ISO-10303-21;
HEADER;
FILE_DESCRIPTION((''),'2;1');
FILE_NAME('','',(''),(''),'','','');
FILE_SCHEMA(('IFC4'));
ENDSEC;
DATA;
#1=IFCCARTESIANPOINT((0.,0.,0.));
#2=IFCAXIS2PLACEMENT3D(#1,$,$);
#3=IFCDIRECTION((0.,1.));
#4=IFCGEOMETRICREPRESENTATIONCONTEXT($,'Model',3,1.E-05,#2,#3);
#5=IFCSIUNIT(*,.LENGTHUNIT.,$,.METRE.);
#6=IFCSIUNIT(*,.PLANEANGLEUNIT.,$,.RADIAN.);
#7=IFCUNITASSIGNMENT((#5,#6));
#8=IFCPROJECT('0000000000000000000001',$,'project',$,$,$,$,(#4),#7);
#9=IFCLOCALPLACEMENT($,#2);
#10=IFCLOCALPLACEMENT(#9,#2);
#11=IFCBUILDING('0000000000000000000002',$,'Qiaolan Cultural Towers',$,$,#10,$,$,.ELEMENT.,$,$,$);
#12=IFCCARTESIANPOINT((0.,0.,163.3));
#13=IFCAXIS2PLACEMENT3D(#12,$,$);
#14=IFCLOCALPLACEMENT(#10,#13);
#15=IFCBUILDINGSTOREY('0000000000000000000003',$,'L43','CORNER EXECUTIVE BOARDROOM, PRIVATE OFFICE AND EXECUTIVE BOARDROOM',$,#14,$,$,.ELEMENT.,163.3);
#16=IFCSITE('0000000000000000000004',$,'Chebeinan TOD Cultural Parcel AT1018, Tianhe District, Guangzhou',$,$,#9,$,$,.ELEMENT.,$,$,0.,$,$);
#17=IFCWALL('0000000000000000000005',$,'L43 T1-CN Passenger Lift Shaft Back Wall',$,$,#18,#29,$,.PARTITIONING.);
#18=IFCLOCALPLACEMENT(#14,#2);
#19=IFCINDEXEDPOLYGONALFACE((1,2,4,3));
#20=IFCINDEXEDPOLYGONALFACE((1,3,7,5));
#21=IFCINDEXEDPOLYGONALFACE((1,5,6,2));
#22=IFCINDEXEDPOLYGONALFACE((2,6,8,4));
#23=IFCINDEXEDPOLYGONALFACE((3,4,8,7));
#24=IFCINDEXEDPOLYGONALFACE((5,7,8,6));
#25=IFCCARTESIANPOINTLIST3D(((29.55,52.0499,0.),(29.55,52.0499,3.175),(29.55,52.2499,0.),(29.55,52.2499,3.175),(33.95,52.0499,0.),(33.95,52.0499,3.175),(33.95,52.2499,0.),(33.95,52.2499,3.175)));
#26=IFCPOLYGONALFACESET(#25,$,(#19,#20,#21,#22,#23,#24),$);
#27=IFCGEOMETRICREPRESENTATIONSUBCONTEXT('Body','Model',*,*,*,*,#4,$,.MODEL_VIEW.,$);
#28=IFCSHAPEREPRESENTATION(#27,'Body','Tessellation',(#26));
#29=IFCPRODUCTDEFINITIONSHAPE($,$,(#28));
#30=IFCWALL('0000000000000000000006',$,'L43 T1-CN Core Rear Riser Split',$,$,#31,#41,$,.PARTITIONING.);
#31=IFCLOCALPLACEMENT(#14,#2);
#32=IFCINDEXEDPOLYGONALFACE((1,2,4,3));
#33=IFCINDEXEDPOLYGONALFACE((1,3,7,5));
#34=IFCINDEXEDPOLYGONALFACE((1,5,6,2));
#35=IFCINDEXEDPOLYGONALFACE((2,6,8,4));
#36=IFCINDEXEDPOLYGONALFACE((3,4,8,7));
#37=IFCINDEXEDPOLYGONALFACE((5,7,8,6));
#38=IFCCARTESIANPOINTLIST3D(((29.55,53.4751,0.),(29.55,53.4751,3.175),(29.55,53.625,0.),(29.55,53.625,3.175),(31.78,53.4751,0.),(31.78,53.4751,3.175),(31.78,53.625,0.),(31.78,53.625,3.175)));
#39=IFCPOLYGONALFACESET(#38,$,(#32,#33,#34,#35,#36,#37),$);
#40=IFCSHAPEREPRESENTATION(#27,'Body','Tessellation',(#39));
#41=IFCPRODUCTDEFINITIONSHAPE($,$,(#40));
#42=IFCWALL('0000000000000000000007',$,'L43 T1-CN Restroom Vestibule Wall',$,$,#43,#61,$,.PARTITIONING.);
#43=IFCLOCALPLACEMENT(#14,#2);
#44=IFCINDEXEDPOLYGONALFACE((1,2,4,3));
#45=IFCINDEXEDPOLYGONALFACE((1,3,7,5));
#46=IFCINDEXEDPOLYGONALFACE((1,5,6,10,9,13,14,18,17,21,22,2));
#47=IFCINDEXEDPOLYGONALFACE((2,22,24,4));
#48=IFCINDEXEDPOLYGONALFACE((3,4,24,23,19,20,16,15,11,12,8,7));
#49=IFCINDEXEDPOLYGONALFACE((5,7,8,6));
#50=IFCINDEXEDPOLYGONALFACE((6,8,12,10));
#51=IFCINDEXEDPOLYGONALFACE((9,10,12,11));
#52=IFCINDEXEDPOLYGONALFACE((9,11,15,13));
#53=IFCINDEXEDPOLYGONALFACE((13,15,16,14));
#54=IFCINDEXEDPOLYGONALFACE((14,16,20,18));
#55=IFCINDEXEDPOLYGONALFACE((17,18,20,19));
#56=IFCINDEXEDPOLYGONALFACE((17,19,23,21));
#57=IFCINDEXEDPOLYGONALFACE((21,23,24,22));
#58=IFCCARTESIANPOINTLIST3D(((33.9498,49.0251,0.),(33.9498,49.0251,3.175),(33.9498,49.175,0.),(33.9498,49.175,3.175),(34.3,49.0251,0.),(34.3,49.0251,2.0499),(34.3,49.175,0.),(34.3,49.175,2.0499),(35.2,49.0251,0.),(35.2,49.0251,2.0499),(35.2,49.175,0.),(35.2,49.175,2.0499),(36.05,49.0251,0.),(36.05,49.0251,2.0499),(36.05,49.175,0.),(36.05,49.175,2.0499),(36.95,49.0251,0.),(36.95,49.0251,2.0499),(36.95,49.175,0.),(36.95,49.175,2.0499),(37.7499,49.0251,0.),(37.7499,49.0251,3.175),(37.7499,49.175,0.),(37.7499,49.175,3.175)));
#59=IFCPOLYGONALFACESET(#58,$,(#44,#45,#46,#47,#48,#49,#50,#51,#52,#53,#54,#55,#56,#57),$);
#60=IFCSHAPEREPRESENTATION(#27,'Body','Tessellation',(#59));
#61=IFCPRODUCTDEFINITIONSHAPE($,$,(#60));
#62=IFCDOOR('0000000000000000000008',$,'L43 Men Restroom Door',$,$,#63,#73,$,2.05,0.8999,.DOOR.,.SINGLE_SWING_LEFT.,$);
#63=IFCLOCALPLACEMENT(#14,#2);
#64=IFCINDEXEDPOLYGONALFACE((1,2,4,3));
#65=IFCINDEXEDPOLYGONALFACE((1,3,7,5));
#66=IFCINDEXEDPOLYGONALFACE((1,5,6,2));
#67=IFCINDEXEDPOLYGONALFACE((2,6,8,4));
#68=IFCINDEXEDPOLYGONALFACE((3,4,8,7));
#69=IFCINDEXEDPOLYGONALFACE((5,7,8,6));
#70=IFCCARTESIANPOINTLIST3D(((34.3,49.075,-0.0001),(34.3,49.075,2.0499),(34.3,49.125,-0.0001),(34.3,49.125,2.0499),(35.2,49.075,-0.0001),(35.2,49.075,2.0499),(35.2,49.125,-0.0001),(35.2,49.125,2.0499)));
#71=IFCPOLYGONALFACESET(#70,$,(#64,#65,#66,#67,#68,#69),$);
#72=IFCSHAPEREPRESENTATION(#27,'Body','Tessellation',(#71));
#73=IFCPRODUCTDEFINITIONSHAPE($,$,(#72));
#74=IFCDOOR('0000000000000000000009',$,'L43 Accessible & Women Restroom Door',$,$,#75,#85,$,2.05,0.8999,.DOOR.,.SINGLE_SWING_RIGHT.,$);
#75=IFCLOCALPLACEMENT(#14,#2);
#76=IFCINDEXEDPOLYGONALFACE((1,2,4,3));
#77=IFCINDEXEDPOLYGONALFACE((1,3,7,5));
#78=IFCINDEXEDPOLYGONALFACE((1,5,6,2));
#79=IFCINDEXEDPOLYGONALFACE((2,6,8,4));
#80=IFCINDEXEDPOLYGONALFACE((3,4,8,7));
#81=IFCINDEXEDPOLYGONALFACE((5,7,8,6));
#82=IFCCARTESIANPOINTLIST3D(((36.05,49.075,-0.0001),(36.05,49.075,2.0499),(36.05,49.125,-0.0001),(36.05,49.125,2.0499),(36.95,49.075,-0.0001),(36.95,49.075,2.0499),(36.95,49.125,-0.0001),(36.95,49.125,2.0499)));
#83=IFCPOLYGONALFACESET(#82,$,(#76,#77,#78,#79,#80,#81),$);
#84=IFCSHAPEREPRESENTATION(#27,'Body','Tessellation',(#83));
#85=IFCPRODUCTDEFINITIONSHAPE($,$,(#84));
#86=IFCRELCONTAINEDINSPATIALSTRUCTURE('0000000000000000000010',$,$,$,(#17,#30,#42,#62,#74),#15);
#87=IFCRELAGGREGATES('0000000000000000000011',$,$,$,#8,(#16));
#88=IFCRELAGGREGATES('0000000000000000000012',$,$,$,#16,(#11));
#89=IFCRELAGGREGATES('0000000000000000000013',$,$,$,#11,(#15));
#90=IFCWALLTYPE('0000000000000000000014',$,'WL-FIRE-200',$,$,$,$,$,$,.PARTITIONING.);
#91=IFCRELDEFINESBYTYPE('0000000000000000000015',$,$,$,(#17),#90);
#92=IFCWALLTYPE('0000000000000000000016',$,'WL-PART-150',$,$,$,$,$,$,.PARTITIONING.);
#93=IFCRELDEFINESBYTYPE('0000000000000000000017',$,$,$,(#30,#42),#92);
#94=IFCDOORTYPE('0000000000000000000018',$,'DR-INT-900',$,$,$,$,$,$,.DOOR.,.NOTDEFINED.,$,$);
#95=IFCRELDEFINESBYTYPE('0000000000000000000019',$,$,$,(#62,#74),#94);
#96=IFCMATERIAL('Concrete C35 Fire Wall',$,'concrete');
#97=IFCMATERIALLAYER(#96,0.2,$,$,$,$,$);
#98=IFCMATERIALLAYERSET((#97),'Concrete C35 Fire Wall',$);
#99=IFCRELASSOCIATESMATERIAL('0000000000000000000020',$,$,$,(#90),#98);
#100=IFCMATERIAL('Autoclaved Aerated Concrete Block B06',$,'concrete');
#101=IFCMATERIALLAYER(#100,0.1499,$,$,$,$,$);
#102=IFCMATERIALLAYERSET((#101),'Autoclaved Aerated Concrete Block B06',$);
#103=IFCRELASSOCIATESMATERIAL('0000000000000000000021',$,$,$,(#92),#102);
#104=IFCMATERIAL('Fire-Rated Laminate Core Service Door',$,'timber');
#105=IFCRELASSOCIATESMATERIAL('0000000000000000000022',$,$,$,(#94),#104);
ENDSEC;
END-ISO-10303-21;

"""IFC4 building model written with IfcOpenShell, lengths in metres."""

from ifc_helpers import new_model, si_unit, direction, frame, frame_2d, origin, place, context, subcontext, project, spatial, rectangle, extrude, material, layer, layer_set, type_object, element, fill, save


model = new_model("IFC4")

# Units and contexts
model_context = context("Model", 3, precision=1e-05, world=origin(), true_north=direction((0.0, 1.0)))
body_context = subcontext(model_context, "Body", "Model", "MODEL_VIEW")
ifc_project = project(units=[si_unit("LENGTHUNIT", "METRE"), si_unit("PLANEANGLEUNIT", "RADIAN")], contexts=[model_context])

# Site, building, storey
site_placement = place(None, origin())
site = spatial("IfcSite", under=ifc_project, at=site_placement, Name="Chebeinan TOD Cultural Parcel AT1018, Tianhe District, Guangzhou", CompositionType="ELEMENT", RefElevation=0.0)
building_placement = place(site_placement, origin())
building = spatial("IfcBuilding", under=site, at=building_placement, Name="Qiaolan Cultural Towers", CompositionType="ELEMENT")
storey_placement = place(building_placement, frame((0.0, 0.0, 163.3)))
storey = spatial("IfcBuildingStorey", under=building, at=storey_placement, Name="L43", Description="CORNER EXECUTIVE BOARDROOM, PRIVATE OFFICE AND EXECUTIVE BOARDROOM", CompositionType="ELEMENT", Elevation=163.3)

# Shared definitions
ifc_material_1 = material(Name="Concrete C35 Fire Wall", Category="concrete")
ifc_layer_1 = layer(ifc_material_1, 0.2)
ifc_layer_set_1 = layer_set([ifc_layer_1], Name="Concrete C35 Fire Wall")
wall_type_1 = type_object("IfcWallType", Name="WL-FIRE-200", PredefinedType="PARTITIONING", material=ifc_layer_set_1)

# Walls
wall_1_placement = place(storey_placement, frame((29.55, 52.1499, 0.0), z_axis=(0.0, 0.0, 1.0), x_axis=(1.0, 0.0, 0.0)))
element("IfcWall", 1, at=wall_1_placement, inside=storey, type_object=wall_type_1, Name="L43 T1-CN Passenger Lift Shaft Back Wall", PredefinedType="PARTITIONING", context=body_context, shape_type="SweptSolid", body=[
    extrude(rectangle(XDim=4.3999, YDim=0.2, at=frame_2d((2.2, 0.0))), origin(), (0.0, 0.0, 1.0), 3.175),
])
ifc_material_2 = material(Name="Autoclaved Aerated Concrete Block B06", Category="concrete")
ifc_layer_2 = layer(ifc_material_2, 0.1499)
ifc_layer_set_2 = layer_set([ifc_layer_2], Name="Autoclaved Aerated Concrete Block B06")
wall_type_2 = type_object("IfcWallType", Name="WL-PART-150", PredefinedType="PARTITIONING", material=ifc_layer_set_2)
wall_2_placement = place(storey_placement, frame((29.55, 53.55, 0.0), z_axis=(0.0, 0.0, 1.0), x_axis=(1.0, 0.0, 0.0)))
element("IfcWall", 2, at=wall_2_placement, inside=storey, type_object=wall_type_2, Name="L43 T1-CN Core Rear Riser Split", PredefinedType="PARTITIONING", context=body_context, shape_type="SweptSolid", body=[
    extrude(rectangle(XDim=2.23, YDim=0.1499, at=frame_2d((1.115, 0.0))), origin(), (0.0, 0.0, 1.0), 3.175),
])

# Wall, openings, doors
wall_3_placement = place(storey_placement, frame((33.95, 49.1001, 0.0), z_axis=(0.0, 0.0, 1.0), x_axis=(1.0, 0.0, 0.0)))
wall_3 = element("IfcWall", 3, at=wall_3_placement, inside=storey, type_object=wall_type_2, Name="L43 T1-CN Restroom Vestibule Wall", PredefinedType="PARTITIONING", context=body_context, shape_type="SweptSolid", body=[
    extrude(rectangle(XDim=3.8, YDim=0.1499, at=frame_2d((1.8999, 0.0))), origin(), (0.0, 0.0, 1.0), 3.175),
])
opening_1_placement = place(wall_3_placement, frame((0.3501, 0.0, 0.0)))
opening_1 = element("IfcOpeningElement", 4, at=opening_1_placement, cuts=wall_3, PredefinedType="OPENING", context=body_context, shape_type="SweptSolid", body=[
    extrude(rectangle(XDim=0.8999, YDim=2.05, at=frame_2d((0.45, 1.0249))), frame((0.0, 0.085, 0.0), z_axis=(0.0, -1.0, 0.0), x_axis=(1.0, 0.0, 0.0)), (0.0, 0.0, 1.0), 0.1699),
])
opening_2_placement = place(wall_3_placement, frame((2.1001, 0.0, 0.0)))
opening_2 = element("IfcOpeningElement", 5, at=opening_2_placement, cuts=wall_3, PredefinedType="OPENING", context=body_context, shape_type="SweptSolid", body=[
    extrude(rectangle(XDim=0.8999, YDim=2.05, at=frame_2d((0.45, 1.0249))), frame((0.0, 0.085, 0.0), z_axis=(0.0, -1.0, 0.0), x_axis=(1.0, 0.0, 0.0)), (0.0, 0.0, 1.0), 0.1699),
])
ifc_material_3 = material(Name="Fire-Rated Laminate Core Service Door", Category="timber")
door_type_1 = type_object("IfcDoorType", Name="DR-INT-900", OperationType="NOTDEFINED", PredefinedType="DOOR", material=ifc_material_3)
door_1_placement = place(opening_1_placement, origin())
door_1 = element("IfcDoor", 6, at=door_1_placement, inside=storey, type_object=door_type_1, Name="L43 Men Restroom Door", OperationType="SINGLE_SWING_LEFT", OverallHeight=2.05, OverallWidth=0.8999, PredefinedType="DOOR", context=body_context, shape_type="SweptSolid", body=[
    extrude(rectangle(XDim=0.8999, YDim=2.05, at=frame_2d((0.45, 1.0249))), frame((0.0, 0.0249, 0.0), z_axis=(0.0, -1.0, 0.0), x_axis=(1.0, 0.0, 0.0)), (0.0, 0.0, 1.0), 0.05),
])
fill(opening_1, door_1)
door_2_placement = place(opening_2_placement, origin())
door_2 = element("IfcDoor", 7, at=door_2_placement, inside=storey, type_object=door_type_1, Name="L43 Accessible & Women Restroom Door", OperationType="SINGLE_SWING_RIGHT", OverallHeight=2.05, OverallWidth=0.8999, PredefinedType="DOOR", context=body_context, shape_type="SweptSolid", body=[
    extrude(rectangle(XDim=0.8999, YDim=2.05, at=frame_2d((0.45, 1.0249))), frame((0.0, 0.0249, 0.0), z_axis=(0.0, -1.0, 0.0), x_axis=(1.0, 0.0, 0.0)), (0.0, 0.0, 1.0), 0.05),
])
fill(opening_2, door_2)

save(model, "model.ifc")
